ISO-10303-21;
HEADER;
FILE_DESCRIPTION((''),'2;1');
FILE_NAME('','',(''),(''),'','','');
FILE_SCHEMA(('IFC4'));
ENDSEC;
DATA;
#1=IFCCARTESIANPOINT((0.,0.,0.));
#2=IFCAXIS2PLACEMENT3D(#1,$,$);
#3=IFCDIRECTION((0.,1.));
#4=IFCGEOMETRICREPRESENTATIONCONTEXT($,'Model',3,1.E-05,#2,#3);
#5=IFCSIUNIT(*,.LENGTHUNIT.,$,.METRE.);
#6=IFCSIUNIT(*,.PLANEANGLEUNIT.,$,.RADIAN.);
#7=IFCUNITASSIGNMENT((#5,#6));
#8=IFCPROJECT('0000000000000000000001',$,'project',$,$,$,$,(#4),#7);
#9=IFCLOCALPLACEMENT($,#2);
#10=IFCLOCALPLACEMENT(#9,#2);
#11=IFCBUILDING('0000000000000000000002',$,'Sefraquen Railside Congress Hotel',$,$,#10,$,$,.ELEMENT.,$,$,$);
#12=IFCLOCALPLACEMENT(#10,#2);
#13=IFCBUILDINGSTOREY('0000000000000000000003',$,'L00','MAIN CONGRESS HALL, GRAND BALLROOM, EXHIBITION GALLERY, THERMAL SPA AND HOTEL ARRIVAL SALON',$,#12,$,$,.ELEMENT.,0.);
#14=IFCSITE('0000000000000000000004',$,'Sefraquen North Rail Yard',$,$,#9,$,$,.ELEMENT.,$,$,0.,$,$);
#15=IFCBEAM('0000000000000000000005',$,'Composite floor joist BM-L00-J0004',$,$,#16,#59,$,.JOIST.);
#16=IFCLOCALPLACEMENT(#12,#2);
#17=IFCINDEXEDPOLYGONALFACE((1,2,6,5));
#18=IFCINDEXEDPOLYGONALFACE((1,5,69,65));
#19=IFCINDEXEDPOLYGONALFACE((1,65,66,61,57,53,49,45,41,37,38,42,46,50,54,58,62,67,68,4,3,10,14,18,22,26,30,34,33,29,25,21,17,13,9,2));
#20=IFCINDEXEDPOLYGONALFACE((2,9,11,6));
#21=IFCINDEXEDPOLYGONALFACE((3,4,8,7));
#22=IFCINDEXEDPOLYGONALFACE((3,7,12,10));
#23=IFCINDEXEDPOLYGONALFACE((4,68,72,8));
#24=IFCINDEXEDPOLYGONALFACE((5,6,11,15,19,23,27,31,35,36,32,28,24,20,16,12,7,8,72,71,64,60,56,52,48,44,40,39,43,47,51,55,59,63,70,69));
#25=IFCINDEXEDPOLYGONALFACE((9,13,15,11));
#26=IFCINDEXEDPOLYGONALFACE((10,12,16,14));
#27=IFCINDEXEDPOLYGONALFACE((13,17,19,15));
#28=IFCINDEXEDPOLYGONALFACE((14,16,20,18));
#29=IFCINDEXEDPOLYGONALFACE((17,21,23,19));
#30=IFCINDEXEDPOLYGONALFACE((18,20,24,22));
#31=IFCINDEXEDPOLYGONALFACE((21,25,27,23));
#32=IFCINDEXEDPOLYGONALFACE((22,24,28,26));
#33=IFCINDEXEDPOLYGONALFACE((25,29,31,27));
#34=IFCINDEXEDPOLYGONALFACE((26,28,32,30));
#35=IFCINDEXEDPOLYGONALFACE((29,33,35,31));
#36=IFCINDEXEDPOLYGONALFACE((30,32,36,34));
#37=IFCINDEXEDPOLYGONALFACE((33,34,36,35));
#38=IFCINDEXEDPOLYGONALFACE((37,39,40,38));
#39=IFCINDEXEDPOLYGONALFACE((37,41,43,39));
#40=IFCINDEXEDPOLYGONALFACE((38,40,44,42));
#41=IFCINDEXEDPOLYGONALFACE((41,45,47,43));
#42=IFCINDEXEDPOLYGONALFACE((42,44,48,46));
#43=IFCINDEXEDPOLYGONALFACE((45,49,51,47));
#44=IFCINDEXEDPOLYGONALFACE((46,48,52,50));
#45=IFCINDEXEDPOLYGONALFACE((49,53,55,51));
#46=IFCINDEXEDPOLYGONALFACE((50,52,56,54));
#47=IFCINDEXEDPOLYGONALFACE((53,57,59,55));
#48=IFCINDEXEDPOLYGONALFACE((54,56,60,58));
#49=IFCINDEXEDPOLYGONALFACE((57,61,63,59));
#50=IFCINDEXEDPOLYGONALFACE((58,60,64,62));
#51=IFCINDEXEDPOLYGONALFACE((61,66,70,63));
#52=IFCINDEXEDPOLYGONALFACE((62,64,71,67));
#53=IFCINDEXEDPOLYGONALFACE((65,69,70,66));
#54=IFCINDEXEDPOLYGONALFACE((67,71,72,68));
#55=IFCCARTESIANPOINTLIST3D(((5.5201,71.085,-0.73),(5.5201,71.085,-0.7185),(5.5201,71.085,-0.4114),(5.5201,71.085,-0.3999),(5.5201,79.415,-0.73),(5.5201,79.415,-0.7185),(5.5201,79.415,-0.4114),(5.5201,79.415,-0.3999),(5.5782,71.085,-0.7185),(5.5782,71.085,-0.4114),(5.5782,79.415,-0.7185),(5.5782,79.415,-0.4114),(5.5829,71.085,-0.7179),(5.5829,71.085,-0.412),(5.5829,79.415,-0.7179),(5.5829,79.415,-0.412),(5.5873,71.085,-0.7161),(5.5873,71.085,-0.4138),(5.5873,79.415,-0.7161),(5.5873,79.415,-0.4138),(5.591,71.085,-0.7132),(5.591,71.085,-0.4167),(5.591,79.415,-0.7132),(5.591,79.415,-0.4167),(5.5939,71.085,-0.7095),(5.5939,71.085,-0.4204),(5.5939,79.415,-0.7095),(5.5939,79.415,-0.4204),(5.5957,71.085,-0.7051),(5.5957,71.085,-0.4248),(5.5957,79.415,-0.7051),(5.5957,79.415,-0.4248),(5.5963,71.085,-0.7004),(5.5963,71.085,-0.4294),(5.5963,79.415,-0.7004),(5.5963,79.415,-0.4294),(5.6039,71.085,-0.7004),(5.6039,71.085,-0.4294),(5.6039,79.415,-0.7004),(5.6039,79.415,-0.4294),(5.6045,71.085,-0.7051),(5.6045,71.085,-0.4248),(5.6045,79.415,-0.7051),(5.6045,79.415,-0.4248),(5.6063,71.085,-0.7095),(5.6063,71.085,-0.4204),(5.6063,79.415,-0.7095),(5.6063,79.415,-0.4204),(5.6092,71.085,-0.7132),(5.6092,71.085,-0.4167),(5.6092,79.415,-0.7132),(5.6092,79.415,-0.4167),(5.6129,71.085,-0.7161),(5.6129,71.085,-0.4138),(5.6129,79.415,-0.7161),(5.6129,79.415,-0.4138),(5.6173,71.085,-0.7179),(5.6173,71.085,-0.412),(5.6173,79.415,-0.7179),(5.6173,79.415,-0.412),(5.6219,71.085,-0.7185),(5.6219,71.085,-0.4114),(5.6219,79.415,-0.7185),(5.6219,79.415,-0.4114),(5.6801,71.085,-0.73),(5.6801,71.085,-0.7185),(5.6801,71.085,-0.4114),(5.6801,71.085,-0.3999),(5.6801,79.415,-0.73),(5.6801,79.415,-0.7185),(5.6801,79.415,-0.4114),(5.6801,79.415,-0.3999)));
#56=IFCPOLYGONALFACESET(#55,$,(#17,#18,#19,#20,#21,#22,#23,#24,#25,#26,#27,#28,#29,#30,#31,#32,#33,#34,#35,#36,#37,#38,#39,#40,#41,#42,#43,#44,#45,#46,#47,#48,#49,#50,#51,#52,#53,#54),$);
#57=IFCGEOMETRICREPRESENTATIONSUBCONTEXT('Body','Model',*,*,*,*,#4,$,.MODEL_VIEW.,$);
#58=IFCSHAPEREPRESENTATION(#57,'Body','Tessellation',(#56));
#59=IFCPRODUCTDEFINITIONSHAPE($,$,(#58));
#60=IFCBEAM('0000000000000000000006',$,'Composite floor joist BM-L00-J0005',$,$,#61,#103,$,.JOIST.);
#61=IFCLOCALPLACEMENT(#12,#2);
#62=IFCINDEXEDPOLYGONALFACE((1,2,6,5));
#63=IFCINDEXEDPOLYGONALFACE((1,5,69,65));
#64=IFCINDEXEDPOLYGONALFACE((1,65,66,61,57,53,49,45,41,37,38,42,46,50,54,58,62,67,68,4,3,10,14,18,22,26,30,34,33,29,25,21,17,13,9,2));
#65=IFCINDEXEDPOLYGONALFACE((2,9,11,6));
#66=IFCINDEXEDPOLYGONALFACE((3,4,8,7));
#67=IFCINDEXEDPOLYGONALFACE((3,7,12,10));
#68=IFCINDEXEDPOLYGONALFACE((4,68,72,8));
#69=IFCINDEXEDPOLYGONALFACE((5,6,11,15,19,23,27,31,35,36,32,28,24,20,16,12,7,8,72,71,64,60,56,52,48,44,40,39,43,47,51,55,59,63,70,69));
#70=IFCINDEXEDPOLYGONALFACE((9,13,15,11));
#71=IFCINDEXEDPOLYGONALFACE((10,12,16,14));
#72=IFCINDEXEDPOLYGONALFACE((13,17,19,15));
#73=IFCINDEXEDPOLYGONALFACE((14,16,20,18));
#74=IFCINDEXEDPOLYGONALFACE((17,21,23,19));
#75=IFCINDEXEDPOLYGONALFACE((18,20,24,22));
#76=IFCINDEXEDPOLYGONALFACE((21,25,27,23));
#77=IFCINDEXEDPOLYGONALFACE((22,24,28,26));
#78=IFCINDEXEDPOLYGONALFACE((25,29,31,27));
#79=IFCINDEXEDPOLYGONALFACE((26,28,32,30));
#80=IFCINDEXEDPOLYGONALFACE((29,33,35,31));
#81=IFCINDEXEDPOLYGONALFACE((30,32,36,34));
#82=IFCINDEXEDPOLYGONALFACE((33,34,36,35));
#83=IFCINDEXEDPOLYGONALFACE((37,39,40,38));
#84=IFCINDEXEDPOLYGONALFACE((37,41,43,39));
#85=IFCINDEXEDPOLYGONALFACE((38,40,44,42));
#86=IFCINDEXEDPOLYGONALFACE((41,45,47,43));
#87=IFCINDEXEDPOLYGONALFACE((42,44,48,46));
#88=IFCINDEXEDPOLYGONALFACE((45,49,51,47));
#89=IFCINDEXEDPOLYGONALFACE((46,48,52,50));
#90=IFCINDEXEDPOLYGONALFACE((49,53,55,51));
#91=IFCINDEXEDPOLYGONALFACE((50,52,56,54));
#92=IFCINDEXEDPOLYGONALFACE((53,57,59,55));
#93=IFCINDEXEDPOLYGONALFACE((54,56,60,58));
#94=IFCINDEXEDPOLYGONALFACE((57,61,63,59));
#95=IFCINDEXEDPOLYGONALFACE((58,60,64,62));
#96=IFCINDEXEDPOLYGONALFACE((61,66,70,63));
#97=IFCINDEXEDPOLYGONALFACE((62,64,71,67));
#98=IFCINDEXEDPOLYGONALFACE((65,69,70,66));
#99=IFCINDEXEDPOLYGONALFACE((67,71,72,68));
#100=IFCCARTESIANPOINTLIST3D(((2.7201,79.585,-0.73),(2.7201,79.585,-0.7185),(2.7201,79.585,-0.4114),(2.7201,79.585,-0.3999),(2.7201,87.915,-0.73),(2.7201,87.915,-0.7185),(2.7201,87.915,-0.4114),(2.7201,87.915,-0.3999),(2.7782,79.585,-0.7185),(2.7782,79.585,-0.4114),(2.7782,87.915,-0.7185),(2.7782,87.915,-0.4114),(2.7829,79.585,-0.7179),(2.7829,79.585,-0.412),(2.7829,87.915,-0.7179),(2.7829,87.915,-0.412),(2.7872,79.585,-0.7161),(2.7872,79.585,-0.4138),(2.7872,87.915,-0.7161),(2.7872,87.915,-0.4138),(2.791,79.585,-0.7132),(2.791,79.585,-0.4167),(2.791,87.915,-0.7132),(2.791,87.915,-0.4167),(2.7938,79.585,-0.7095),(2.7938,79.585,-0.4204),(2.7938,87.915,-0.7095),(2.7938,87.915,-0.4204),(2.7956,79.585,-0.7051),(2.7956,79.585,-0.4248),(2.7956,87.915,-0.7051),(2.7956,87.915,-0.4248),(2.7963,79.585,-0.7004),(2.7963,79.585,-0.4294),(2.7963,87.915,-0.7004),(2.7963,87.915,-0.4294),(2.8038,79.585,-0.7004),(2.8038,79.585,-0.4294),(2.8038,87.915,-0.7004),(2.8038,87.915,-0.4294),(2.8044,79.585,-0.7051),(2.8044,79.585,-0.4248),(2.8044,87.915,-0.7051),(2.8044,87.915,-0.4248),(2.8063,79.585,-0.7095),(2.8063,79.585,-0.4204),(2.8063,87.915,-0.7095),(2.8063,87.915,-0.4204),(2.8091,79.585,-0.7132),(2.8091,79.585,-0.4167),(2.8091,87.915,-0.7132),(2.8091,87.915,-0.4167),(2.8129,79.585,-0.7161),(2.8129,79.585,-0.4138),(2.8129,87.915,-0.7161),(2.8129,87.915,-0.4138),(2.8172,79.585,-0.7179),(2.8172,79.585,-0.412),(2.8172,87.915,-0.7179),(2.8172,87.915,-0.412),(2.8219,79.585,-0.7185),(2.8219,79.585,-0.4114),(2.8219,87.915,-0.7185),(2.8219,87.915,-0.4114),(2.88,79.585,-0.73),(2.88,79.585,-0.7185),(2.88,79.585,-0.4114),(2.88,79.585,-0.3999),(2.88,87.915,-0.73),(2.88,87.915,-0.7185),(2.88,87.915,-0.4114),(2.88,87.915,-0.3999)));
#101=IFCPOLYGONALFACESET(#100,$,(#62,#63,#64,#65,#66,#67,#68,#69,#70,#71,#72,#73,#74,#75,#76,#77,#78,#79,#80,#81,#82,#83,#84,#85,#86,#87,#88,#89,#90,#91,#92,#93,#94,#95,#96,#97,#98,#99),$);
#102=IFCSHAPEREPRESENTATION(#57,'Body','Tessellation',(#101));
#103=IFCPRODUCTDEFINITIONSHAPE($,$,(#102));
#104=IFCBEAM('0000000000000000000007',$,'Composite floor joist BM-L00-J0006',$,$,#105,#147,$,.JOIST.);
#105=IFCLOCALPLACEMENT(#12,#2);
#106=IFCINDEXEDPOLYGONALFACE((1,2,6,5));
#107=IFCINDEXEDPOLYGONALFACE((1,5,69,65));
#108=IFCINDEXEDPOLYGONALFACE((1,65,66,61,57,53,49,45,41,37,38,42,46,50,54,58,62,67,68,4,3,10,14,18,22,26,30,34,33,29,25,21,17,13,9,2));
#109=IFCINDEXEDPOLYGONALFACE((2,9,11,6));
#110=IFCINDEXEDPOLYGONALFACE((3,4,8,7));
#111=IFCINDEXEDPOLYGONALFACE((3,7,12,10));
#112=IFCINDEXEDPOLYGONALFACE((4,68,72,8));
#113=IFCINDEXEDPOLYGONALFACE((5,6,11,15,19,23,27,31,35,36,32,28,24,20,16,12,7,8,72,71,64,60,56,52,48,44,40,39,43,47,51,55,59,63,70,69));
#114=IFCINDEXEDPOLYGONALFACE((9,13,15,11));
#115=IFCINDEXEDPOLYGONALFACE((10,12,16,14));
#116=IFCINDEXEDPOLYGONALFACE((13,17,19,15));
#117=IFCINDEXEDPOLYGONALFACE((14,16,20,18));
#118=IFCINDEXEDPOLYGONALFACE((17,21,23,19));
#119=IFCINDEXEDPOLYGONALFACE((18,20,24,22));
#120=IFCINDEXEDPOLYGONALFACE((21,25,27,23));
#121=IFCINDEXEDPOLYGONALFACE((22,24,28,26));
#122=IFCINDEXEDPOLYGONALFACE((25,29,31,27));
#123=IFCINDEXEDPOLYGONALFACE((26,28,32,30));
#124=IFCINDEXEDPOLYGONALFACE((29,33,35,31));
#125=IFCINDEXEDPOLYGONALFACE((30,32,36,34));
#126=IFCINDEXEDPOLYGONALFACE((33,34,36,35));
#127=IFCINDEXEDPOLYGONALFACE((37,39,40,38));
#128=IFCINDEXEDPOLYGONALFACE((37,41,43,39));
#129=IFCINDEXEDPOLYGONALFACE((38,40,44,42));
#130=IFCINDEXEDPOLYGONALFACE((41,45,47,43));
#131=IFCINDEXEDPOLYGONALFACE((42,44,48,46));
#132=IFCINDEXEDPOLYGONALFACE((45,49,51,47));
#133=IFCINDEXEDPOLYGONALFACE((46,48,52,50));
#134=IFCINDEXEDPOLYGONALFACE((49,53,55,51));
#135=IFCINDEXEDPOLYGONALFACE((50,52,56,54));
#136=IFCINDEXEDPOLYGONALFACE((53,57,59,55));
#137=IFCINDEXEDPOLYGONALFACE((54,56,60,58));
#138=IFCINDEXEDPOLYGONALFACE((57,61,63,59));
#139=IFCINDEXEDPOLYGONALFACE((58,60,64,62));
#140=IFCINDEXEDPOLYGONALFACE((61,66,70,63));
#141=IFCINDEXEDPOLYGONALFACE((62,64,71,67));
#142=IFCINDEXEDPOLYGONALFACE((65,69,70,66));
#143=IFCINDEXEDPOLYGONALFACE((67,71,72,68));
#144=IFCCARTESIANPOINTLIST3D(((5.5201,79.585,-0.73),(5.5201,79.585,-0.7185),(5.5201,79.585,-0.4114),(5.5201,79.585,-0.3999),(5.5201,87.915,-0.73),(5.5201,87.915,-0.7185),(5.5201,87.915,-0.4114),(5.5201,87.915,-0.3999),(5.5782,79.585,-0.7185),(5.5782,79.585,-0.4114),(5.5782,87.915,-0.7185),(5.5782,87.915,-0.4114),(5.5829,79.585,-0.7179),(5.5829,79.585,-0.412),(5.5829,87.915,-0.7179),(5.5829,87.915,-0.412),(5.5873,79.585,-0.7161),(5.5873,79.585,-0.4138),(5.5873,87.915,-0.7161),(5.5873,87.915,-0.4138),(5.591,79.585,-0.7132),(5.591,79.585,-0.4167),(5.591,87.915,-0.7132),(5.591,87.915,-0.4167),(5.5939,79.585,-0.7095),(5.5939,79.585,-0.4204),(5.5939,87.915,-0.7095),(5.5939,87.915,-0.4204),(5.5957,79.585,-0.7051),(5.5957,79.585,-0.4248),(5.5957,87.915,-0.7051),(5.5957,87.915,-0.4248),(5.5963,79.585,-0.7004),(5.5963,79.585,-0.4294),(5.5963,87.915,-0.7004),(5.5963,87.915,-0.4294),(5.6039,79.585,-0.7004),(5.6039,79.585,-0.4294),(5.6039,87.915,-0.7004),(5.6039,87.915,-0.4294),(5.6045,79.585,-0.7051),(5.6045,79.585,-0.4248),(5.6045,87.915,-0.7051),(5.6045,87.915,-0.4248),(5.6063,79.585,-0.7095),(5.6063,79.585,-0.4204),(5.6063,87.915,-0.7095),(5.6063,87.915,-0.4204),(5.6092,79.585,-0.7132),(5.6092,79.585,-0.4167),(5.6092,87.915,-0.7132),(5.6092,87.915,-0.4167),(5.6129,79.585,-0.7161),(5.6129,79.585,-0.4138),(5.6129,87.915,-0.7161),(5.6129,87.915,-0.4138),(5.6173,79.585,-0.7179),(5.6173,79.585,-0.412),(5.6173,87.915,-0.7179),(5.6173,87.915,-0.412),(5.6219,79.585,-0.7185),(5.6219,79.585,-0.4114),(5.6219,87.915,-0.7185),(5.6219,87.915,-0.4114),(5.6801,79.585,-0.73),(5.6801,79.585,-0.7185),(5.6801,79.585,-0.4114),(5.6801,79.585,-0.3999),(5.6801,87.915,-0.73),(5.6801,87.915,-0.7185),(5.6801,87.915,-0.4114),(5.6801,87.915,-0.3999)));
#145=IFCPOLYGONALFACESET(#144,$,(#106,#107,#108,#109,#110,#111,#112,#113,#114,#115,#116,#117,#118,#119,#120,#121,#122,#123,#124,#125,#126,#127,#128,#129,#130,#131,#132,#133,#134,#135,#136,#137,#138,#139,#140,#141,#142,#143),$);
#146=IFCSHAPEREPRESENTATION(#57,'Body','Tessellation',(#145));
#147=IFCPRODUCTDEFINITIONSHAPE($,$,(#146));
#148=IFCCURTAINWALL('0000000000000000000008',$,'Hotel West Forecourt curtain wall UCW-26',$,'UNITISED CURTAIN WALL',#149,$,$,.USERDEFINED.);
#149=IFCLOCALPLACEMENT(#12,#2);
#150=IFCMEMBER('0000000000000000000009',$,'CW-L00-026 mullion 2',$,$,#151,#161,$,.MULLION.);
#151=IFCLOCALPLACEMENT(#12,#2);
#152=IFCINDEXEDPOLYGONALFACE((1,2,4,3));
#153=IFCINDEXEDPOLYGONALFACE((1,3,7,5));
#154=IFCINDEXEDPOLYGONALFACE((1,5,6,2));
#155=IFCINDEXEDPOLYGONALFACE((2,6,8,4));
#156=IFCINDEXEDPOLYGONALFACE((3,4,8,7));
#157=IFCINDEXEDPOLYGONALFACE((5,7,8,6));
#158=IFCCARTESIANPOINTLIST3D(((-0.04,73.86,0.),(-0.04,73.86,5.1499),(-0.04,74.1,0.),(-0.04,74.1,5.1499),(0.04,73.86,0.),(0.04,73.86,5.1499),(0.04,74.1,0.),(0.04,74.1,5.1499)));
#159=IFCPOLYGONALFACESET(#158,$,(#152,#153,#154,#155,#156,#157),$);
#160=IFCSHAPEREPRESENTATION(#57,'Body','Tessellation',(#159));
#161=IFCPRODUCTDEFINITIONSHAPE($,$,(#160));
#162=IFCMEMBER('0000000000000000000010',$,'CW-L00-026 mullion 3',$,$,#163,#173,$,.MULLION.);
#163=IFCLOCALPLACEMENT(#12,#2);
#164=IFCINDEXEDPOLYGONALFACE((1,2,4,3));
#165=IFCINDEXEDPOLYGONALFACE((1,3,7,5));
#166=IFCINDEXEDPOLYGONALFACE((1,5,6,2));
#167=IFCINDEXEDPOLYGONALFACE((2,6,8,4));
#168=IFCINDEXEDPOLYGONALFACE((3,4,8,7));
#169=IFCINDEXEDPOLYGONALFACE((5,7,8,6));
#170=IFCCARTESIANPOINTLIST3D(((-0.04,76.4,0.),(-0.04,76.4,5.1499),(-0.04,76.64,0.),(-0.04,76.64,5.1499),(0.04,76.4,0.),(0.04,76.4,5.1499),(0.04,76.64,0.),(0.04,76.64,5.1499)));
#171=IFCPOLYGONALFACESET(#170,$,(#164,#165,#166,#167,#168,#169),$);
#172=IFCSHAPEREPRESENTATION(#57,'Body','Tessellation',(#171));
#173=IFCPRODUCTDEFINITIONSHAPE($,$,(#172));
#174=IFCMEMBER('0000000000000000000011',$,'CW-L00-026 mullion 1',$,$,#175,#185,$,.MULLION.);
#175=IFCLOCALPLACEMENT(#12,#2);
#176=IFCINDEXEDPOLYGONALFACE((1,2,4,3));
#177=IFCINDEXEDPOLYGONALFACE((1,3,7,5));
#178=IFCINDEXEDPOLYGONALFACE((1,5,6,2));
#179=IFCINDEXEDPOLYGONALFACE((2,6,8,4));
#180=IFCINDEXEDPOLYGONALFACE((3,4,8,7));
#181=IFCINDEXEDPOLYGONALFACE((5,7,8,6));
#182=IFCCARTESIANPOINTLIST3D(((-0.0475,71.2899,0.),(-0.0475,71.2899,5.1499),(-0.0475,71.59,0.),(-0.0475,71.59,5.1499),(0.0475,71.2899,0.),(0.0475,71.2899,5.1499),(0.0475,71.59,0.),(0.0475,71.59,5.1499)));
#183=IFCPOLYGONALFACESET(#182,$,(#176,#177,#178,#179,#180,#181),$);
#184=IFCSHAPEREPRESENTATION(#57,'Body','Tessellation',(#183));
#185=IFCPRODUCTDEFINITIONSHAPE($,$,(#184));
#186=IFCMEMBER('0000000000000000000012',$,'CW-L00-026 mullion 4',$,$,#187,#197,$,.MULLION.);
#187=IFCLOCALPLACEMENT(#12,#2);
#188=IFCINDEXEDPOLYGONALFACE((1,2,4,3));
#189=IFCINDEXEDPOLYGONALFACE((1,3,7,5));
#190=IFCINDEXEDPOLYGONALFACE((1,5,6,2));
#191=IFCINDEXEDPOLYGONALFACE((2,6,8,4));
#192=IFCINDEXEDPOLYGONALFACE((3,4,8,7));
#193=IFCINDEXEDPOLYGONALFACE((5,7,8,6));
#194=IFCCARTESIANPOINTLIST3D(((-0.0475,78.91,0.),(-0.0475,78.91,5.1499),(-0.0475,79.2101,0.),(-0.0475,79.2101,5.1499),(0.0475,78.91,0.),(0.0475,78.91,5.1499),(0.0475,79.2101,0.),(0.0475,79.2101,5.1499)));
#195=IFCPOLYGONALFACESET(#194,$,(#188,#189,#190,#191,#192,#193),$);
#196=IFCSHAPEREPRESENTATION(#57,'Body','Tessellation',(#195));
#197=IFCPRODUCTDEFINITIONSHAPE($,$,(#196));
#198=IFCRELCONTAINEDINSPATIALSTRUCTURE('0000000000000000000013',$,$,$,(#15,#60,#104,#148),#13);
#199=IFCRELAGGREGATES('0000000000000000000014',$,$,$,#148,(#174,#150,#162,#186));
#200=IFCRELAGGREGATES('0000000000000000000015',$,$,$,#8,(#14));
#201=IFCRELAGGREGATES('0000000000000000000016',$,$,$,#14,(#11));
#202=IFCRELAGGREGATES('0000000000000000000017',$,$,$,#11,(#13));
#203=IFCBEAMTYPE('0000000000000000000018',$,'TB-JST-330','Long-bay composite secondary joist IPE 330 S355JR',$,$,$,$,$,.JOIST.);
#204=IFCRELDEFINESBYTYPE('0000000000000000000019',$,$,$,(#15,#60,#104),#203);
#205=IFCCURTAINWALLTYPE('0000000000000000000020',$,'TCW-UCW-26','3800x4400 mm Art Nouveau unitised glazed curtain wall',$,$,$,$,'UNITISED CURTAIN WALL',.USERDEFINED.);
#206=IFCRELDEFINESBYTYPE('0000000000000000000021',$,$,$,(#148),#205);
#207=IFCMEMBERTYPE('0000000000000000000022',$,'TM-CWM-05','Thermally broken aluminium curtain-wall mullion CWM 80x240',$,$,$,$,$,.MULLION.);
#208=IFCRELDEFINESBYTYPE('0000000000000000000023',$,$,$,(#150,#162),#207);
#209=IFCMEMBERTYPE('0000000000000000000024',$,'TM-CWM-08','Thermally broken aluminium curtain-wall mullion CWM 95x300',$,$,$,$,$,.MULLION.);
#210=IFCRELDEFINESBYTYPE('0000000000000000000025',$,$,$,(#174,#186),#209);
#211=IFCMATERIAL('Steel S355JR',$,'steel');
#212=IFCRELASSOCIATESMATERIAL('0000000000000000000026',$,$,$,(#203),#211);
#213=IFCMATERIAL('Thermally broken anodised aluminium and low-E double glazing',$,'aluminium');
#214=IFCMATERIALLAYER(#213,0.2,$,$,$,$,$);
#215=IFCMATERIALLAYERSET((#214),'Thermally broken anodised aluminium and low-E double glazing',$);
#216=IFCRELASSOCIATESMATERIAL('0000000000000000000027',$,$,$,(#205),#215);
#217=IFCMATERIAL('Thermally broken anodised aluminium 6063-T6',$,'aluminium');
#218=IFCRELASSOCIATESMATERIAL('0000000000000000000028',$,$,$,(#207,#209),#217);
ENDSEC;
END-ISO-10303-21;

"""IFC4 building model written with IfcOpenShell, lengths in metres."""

from ifc_helpers import new_model, si_unit, direction, frame, origin, origin_2d, place, context, subcontext, project, spatial, rectangle, i_section, extrude, material, layer, layer_set, material_profile, profile_set, type_object, element, aggregate, save


model = new_model("IFC4")

# Units and contexts
model_context = context("Model", 3, precision=1e-05, world=origin(), true_north=direction((0.0, 1.0)))
body_context = subcontext(model_context, "Body", "Model", "MODEL_VIEW")
ifc_project = project(units=[si_unit("LENGTHUNIT", "METRE"), si_unit("PLANEANGLEUNIT", "RADIAN")], contexts=[model_context])

# Site, building, storey
site_placement = place(None, origin())
site = spatial("IfcSite", under=ifc_project, at=site_placement, Name="Sefraquen North Rail Yard", CompositionType="ELEMENT", RefElevation=0.0)
building_placement = place(site_placement, origin())
building = spatial("IfcBuilding", under=site, at=building_placement, Name="Sefraquen Railside Congress Hotel", CompositionType="ELEMENT")
storey_placement = place(building_placement, origin())
storey = spatial("IfcBuildingStorey", under=building, at=storey_placement, Name="L00", Description="MAIN CONGRESS HALL, GRAND BALLROOM, EXHIBITION GALLERY, THERMAL SPA AND HOTEL ARRIVAL SALON", CompositionType="ELEMENT", Elevation=0.0)

# Shared definitions
ifc_material_1 = material(Name="Steel S355JR", Category="steel")

# Beams
ifc_material_profile_1 = material_profile(ifc_material_1, i_section(OverallWidth=0.1599, OverallDepth=0.3301, WebThickness=0.0076, FlangeThickness=0.0115, FilletRadius=0.0181, at=origin_2d()), Name="IPE 330")
ifc_profile_set_1 = profile_set([ifc_material_profile_1], Name="Steel S355JR")
beam_type_1 = type_object("IfcBeamType", Name="TB-JST-330", Description="Long-bay composite secondary joist IPE 330 S355JR", PredefinedType="JOIST", material=ifc_profile_set_1)
for number, where, z_axis, x_axis, name in (
    (1, (5.6001, 71.085, -0.5649), (0.0, 1.0, 0.0), (-1.0, 0.0, 0.0), "Composite floor joist BM-L00-J0004"),
    (2, (2.8, 79.585, -0.5649), (0.0, 1.0, 0.0), (-1.0, 0.0, 0.0), "Composite floor joist BM-L00-J0005"),
    (3, (5.6001, 79.585, -0.5649), (0.0, 1.0, 0.0), (-1.0, 0.0, 0.0), "Composite floor joist BM-L00-J0006"),
):
    element("IfcBeam", number, at=place(storey_placement, frame(where, z_axis=z_axis, x_axis=x_axis)), inside=storey, type_object=beam_type_1, Name=name, PredefinedType="JOIST", context=body_context, shape_type="SweptSolid", body=[
        extrude(i_section(OverallWidth=0.1599, OverallDepth=0.3301, WebThickness=0.0076, FlangeThickness=0.0115, FilletRadius=0.0181, at=origin_2d()), origin(), (0.0, 0.0, 1.0), 8.3301),
    ])

# Curtain wall, members
ifc_material_2 = material(Name="Thermally broken anodised aluminium and low-E double glazing", Category="aluminium")
ifc_layer_1 = layer(ifc_material_2, 0.2)
ifc_layer_set_1 = layer_set([ifc_layer_1], Name="Thermally broken anodised aluminium and low-E double glazing")
curtain_wall_type = type_object("IfcCurtainWallType", Name="TCW-UCW-26", Description="3800x4400 mm Art Nouveau unitised glazed curtain wall", ElementType="UNITISED CURTAIN WALL", PredefinedType="USERDEFINED", material=ifc_layer_set_1)
curtain_wall_placement = place(storey_placement, origin())
curtain_wall = element("IfcCurtainWall", 4, at=curtain_wall_placement, inside=storey, type_object=curtain_wall_type, Name="Hotel West Forecourt curtain wall UCW-26", ObjectType="UNITISED CURTAIN WALL", PredefinedType="USERDEFINED")
ifc_material_3 = material(Name="Thermally broken anodised aluminium 6063-T6", Category="aluminium")
ifc_material_profile_2 = material_profile(ifc_material_3, rectangle(XDim=0.0801, YDim=0.24, at=origin_2d()), Name="CWM 80x240")
ifc_profile_set_2 = profile_set([ifc_material_profile_2], Name="Thermally broken anodised aluminium 6063-T6")
member_type_1 = type_object("IfcMemberType", Name="TM-CWM-05", Description="Thermally broken aluminium curtain-wall mullion CWM 80x240", PredefinedType="MULLION", material=ifc_profile_set_2)
member_1_placement = place(storey_placement, frame((0.0, 73.98, 0.0), z_axis=(0.0, 0.0, 1.0), x_axis=(1.0, 0.0, 0.0)))
member_1 = element("IfcMember", 5, at=member_1_placement, type_object=member_type_1, Name="CW-L00-026 mullion 2", PredefinedType="MULLION", context=body_context, shape_type="SweptSolid", body=[
    extrude(rectangle(XDim=0.0801, YDim=0.24, at=origin_2d()), origin(), (0.0, 0.0, 1.0), 5.1499),
])
member_2_placement = place(storey_placement, frame((0.0, 76.52, 0.0), z_axis=(0.0, 0.0, 1.0), x_axis=(1.0, 0.0, 0.0)))
member_2 = element("IfcMember", 6, at=member_2_placement, type_object=member_type_1, Name="CW-L00-026 mullion 3", PredefinedType="MULLION", context=body_context, shape_type="SweptSolid", body=[
    extrude(rectangle(XDim=0.0801, YDim=0.24, at=origin_2d()), origin(), (0.0, 0.0, 1.0), 5.1499),
])
ifc_material_profile_3 = material_profile(ifc_material_3, rectangle(XDim=0.095, YDim=0.3, at=origin_2d()), Name="CWM 95x300")
ifc_profile_set_3 = profile_set([ifc_material_profile_3], Name="Thermally broken anodised aluminium 6063-T6")
member_type_2 = type_object("IfcMemberType", Name="TM-CWM-08", Description="Thermally broken aluminium curtain-wall mullion CWM 95x300", PredefinedType="MULLION", material=ifc_profile_set_3)
member_3_placement = place(storey_placement, frame((0.0, 71.4399, 0.0), z_axis=(0.0, 0.0, 1.0), x_axis=(1.0, 0.0, 0.0)))
member_3 = element("IfcMember", 7, at=member_3_placement, type_object=member_type_2, Name="CW-L00-026 mullion 1", PredefinedType="MULLION", context=body_context, shape_type="SweptSolid", body=[
    extrude(rectangle(XDim=0.095, YDim=0.3, at=origin_2d()), origin(), (0.0, 0.0, 1.0), 5.1499),
])
member_4_placement = place(storey_placement, frame((0.0, 79.0601, 0.0), z_axis=(0.0, 0.0, 1.0), x_axis=(1.0, 0.0, 0.0)))
member_4 = element("IfcMember", 8, at=member_4_placement, type_object=member_type_2, Name="CW-L00-026 mullion 4", PredefinedType="MULLION", context=body_context, shape_type="SweptSolid", body=[
    extrude(rectangle(XDim=0.095, YDim=0.3, at=origin_2d()), origin(), (0.0, 0.0, 1.0), 5.1499),
])
aggregate(curtain_wall, [member_3, member_1, member_2, member_4])

save(model, "model.ifc")
